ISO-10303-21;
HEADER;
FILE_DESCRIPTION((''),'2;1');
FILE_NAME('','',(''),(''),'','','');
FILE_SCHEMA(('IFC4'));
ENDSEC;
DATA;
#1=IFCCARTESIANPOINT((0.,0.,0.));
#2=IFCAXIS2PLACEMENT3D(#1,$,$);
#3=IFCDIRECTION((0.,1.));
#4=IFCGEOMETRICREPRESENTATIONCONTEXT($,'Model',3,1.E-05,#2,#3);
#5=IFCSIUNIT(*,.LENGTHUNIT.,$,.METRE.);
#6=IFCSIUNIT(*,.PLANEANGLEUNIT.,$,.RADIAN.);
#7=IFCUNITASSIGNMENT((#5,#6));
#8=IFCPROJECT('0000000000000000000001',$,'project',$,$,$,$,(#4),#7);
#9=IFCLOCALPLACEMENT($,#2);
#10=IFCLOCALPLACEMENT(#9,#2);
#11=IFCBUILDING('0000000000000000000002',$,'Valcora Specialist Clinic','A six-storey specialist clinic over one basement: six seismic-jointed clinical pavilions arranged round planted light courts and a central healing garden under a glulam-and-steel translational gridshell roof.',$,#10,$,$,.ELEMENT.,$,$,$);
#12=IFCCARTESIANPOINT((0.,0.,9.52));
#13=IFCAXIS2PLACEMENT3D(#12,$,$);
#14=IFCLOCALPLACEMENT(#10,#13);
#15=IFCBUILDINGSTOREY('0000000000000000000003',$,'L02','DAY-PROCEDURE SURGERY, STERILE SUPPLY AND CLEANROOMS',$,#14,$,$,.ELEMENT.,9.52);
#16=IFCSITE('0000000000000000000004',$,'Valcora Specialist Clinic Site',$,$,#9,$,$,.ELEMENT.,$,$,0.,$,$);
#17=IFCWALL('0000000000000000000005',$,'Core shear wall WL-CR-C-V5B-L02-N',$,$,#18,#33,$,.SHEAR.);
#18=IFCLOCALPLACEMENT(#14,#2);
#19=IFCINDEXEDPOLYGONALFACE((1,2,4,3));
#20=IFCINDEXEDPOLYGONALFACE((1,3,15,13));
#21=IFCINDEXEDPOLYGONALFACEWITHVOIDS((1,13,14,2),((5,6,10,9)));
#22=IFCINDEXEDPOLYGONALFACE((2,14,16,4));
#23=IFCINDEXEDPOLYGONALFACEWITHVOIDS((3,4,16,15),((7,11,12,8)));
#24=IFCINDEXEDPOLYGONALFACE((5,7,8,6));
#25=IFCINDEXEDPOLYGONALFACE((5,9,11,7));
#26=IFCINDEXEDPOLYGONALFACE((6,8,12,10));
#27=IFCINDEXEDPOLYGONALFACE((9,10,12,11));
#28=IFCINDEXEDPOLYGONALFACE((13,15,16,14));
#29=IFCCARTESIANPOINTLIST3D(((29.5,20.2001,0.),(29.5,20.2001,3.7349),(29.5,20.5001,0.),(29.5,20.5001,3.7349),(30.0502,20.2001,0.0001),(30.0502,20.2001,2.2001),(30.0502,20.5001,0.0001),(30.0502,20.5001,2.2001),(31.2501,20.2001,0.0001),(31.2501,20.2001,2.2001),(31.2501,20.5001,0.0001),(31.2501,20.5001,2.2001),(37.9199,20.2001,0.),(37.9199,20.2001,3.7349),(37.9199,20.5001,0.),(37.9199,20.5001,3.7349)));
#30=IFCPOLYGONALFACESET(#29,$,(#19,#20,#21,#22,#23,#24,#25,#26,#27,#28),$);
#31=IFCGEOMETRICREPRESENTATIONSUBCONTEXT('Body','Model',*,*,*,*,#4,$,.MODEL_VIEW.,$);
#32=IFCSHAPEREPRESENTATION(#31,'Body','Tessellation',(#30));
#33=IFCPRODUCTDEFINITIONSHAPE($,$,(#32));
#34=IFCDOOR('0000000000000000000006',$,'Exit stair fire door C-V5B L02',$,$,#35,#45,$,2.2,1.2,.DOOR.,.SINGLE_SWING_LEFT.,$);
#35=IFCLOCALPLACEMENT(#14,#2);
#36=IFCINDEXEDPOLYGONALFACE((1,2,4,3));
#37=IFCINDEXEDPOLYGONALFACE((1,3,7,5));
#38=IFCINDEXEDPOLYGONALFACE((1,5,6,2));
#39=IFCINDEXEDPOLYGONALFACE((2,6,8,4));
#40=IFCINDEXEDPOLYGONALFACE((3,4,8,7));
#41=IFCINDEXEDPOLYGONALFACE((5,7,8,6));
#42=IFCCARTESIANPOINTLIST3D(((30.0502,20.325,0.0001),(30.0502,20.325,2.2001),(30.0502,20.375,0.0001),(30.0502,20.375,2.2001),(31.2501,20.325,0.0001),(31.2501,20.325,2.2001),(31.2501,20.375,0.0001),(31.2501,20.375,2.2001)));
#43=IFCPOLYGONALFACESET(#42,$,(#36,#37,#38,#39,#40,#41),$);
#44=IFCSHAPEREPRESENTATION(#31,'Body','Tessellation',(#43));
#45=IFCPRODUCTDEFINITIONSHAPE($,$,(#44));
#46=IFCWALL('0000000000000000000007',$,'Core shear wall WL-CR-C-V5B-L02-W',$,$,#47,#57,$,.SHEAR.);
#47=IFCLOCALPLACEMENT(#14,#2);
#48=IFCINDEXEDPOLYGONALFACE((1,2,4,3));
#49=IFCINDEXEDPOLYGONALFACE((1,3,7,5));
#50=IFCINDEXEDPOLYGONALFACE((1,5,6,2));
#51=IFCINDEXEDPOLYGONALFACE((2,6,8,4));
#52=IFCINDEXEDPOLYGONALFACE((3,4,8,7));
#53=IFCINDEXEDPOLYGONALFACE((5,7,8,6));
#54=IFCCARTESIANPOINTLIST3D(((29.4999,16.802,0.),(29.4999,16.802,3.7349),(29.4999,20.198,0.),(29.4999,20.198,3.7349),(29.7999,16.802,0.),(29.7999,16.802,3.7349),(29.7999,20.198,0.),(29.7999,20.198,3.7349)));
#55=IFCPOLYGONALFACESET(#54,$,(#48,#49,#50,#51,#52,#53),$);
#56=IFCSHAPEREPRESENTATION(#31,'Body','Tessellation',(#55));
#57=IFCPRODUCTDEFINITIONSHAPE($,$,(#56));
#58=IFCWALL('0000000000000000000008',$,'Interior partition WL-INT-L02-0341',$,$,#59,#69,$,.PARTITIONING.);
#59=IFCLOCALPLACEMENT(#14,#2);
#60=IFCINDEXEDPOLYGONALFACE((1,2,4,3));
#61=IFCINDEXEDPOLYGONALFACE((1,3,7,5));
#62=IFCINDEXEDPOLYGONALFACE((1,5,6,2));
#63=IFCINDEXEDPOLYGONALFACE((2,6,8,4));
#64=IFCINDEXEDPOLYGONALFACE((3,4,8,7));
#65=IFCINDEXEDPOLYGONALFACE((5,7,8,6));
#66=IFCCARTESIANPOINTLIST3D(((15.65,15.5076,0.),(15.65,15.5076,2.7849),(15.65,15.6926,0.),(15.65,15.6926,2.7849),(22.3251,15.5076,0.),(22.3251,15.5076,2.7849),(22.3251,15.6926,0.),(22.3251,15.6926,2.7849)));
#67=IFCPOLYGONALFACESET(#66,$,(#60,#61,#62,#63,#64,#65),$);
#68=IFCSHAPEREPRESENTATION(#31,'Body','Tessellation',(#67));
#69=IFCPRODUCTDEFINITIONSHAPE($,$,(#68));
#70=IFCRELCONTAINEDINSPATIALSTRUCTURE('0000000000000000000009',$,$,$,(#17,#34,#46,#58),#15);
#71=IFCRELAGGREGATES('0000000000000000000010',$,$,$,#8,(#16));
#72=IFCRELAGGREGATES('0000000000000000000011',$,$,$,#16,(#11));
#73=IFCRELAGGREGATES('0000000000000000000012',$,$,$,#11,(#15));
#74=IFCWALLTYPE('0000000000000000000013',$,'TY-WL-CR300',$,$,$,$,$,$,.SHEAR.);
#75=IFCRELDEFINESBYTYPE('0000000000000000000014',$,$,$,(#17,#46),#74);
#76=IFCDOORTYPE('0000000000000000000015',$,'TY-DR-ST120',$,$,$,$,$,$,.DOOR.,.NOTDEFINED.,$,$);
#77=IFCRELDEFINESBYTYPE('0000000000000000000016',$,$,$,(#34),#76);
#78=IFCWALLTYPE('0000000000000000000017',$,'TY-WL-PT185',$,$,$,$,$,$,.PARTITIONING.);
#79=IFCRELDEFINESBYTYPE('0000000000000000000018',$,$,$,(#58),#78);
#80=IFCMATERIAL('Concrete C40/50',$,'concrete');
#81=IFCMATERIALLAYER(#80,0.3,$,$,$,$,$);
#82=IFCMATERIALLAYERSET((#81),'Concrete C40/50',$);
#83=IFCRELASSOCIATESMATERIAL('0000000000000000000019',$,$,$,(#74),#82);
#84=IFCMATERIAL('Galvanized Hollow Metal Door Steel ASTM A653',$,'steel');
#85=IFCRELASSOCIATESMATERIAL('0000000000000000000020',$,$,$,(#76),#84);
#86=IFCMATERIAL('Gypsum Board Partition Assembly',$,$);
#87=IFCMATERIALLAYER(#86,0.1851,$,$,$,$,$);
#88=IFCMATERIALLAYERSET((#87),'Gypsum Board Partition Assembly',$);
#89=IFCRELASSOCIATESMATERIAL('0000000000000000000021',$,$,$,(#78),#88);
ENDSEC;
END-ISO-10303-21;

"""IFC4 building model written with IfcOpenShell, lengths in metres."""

from ifc_helpers import new_model, si_unit, direction, frame, frame_2d, origin, place, context, subcontext, project, spatial, rectangle, extrude, material, layer, layer_set, type_object, element, fill, save


model = new_model("IFC4")

# Units and contexts
model_context = context("Model", 3, precision=1e-05, world=origin(), true_north=direction((0.0, 1.0)))
body_context = subcontext(model_context, "Body", "Model", "MODEL_VIEW")
ifc_project = project(units=[si_unit("LENGTHUNIT", "METRE"), si_unit("PLANEANGLEUNIT", "RADIAN")], contexts=[model_context])

# Site, building, storey
site_placement = place(None, origin())
site = spatial("IfcSite", under=ifc_project, at=site_placement, Name="Valcora Specialist Clinic Site", CompositionType="ELEMENT", RefElevation=0.0)
building_placement = place(site_placement, origin())
building = spatial("IfcBuilding", under=site, at=building_placement, Name="Valcora Specialist Clinic", Description="A six-storey specialist clinic over one basement: six seismic-jointed clinical pavilions arranged round planted light courts and a central healing garden under a glulam-and-steel translational gridshell roof.", CompositionType="ELEMENT")
storey_placement = place(building_placement, frame((0.0, 0.0, 9.52)))
storey = spatial("IfcBuildingStorey", under=building, at=storey_placement, Name="L02", Description="DAY-PROCEDURE SURGERY, STERILE SUPPLY AND CLEANROOMS", CompositionType="ELEMENT", Elevation=9.52)

# Shared definitions
ifc_material_1 = material(Name="Concrete C40/50", Category="concrete")

# Shared definitions
ifc_layer_1 = layer(ifc_material_1, 0.3)
ifc_layer_set_1 = layer_set([ifc_layer_1], Name="Concrete C40/50")
wall_type_1 = type_object("IfcWallType", Name="TY-WL-CR300", PredefinedType="SHEAR", material=ifc_layer_set_1)

# Wall, opening, door
wall_1_placement = place(storey_placement, frame((29.5, 20.3501, 0.0), z_axis=(0.0, 0.0, 1.0), x_axis=(1.0, 0.0, 0.0)))
wall_1 = element("IfcWall", 1, at=wall_1_placement, inside=storey, type_object=wall_type_1, Name="Core shear wall WL-CR-C-V5B-L02-N", PredefinedType="SHEAR", context=body_context, shape_type="SweptSolid", body=[
    extrude(rectangle(XDim=8.4199, YDim=0.3, at=frame_2d((4.21, 0.0))), origin(), (0.0, 0.0, 1.0), 3.7349),
])
opening_1_placement = place(wall_1_placement, frame((0.55, 0.0, 0.0)))
opening_1 = element("IfcOpeningElement", 2, at=opening_1_placement, cuts=wall_1, PredefinedType="OPENING", context=body_context, shape_type="SweptSolid", body=[
    extrude(rectangle(XDim=1.2, YDim=2.2, at=frame_2d((0.6001, 1.1001))), frame((0.0, 0.1599, 0.0), z_axis=(0.0, -1.0, 0.0), x_axis=(1.0, 0.0, 0.0)), (0.0, 0.0, 1.0), 0.3201),
])
ifc_material_2 = material(Name="Galvanized Hollow Metal Door Steel ASTM A653", Category="steel")
door_type_1 = type_object("IfcDoorType", Name="TY-DR-ST120", OperationType="NOTDEFINED", PredefinedType="DOOR", material=ifc_material_2)
door_1_placement = place(opening_1_placement, origin())
door_1 = element("IfcDoor", 3, at=door_1_placement, inside=storey, type_object=door_type_1, Name="Exit stair fire door C-V5B L02", OperationType="SINGLE_SWING_LEFT", OverallHeight=2.2, OverallWidth=1.2, PredefinedType="DOOR", context=body_context, shape_type="SweptSolid", body=[
    extrude(rectangle(XDim=1.2, YDim=2.2, at=frame_2d((0.6001, 1.1001))), frame((0.0, 0.0249, 0.0), z_axis=(0.0, -1.0, 0.0), x_axis=(1.0, 0.0, 0.0)), (0.0, 0.0, 1.0), 0.05),
])
fill(opening_1, door_1)

# Wall
wall_2_placement = place(storey_placement, frame((29.6499, 16.802, 0.0), z_axis=(0.0, 0.0, 1.0), x_axis=(0.0, 1.0, 0.0)))
element("IfcWall", 4, at=wall_2_placement, inside=storey, type_object=wall_type_1, Name="Core shear wall WL-CR-C-V5B-L02-W", PredefinedType="SHEAR", context=body_context, shape_type="SweptSolid", body=[
    extrude(rectangle(XDim=3.396, YDim=0.3, at=frame_2d((1.698, 0.0))), origin(), (0.0, 0.0, 1.0), 3.7349),
])

# Shared definitions
ifc_material_3 = material(Name="Gypsum Board Partition Assembly")
ifc_layer_2 = layer(ifc_material_3, 0.1851)
ifc_layer_set_2 = layer_set([ifc_layer_2], Name="Gypsum Board Partition Assembly")
wall_type_2 = type_object("IfcWallType", Name="TY-WL-PT185", PredefinedType="PARTITIONING", material=ifc_layer_set_2)

# Wall
wall_3_placement = place(storey_placement, frame((22.325, 15.6001, 0.0), z_axis=(0.0, 0.0, 1.0), x_axis=(-1.0, 0.0, 0.0)))
element("IfcWall", 5, at=wall_3_placement, inside=storey, type_object=wall_type_2, Name="Interior partition WL-INT-L02-0341", PredefinedType="PARTITIONING", context=body_context, shape_type="SweptSolid", body=[
    extrude(rectangle(XDim=6.675, YDim=0.1851, at=frame_2d((3.3374, 0.0))), origin(), (0.0, 0.0, 1.0), 2.7849),
])

save(model, "model.ifc")
